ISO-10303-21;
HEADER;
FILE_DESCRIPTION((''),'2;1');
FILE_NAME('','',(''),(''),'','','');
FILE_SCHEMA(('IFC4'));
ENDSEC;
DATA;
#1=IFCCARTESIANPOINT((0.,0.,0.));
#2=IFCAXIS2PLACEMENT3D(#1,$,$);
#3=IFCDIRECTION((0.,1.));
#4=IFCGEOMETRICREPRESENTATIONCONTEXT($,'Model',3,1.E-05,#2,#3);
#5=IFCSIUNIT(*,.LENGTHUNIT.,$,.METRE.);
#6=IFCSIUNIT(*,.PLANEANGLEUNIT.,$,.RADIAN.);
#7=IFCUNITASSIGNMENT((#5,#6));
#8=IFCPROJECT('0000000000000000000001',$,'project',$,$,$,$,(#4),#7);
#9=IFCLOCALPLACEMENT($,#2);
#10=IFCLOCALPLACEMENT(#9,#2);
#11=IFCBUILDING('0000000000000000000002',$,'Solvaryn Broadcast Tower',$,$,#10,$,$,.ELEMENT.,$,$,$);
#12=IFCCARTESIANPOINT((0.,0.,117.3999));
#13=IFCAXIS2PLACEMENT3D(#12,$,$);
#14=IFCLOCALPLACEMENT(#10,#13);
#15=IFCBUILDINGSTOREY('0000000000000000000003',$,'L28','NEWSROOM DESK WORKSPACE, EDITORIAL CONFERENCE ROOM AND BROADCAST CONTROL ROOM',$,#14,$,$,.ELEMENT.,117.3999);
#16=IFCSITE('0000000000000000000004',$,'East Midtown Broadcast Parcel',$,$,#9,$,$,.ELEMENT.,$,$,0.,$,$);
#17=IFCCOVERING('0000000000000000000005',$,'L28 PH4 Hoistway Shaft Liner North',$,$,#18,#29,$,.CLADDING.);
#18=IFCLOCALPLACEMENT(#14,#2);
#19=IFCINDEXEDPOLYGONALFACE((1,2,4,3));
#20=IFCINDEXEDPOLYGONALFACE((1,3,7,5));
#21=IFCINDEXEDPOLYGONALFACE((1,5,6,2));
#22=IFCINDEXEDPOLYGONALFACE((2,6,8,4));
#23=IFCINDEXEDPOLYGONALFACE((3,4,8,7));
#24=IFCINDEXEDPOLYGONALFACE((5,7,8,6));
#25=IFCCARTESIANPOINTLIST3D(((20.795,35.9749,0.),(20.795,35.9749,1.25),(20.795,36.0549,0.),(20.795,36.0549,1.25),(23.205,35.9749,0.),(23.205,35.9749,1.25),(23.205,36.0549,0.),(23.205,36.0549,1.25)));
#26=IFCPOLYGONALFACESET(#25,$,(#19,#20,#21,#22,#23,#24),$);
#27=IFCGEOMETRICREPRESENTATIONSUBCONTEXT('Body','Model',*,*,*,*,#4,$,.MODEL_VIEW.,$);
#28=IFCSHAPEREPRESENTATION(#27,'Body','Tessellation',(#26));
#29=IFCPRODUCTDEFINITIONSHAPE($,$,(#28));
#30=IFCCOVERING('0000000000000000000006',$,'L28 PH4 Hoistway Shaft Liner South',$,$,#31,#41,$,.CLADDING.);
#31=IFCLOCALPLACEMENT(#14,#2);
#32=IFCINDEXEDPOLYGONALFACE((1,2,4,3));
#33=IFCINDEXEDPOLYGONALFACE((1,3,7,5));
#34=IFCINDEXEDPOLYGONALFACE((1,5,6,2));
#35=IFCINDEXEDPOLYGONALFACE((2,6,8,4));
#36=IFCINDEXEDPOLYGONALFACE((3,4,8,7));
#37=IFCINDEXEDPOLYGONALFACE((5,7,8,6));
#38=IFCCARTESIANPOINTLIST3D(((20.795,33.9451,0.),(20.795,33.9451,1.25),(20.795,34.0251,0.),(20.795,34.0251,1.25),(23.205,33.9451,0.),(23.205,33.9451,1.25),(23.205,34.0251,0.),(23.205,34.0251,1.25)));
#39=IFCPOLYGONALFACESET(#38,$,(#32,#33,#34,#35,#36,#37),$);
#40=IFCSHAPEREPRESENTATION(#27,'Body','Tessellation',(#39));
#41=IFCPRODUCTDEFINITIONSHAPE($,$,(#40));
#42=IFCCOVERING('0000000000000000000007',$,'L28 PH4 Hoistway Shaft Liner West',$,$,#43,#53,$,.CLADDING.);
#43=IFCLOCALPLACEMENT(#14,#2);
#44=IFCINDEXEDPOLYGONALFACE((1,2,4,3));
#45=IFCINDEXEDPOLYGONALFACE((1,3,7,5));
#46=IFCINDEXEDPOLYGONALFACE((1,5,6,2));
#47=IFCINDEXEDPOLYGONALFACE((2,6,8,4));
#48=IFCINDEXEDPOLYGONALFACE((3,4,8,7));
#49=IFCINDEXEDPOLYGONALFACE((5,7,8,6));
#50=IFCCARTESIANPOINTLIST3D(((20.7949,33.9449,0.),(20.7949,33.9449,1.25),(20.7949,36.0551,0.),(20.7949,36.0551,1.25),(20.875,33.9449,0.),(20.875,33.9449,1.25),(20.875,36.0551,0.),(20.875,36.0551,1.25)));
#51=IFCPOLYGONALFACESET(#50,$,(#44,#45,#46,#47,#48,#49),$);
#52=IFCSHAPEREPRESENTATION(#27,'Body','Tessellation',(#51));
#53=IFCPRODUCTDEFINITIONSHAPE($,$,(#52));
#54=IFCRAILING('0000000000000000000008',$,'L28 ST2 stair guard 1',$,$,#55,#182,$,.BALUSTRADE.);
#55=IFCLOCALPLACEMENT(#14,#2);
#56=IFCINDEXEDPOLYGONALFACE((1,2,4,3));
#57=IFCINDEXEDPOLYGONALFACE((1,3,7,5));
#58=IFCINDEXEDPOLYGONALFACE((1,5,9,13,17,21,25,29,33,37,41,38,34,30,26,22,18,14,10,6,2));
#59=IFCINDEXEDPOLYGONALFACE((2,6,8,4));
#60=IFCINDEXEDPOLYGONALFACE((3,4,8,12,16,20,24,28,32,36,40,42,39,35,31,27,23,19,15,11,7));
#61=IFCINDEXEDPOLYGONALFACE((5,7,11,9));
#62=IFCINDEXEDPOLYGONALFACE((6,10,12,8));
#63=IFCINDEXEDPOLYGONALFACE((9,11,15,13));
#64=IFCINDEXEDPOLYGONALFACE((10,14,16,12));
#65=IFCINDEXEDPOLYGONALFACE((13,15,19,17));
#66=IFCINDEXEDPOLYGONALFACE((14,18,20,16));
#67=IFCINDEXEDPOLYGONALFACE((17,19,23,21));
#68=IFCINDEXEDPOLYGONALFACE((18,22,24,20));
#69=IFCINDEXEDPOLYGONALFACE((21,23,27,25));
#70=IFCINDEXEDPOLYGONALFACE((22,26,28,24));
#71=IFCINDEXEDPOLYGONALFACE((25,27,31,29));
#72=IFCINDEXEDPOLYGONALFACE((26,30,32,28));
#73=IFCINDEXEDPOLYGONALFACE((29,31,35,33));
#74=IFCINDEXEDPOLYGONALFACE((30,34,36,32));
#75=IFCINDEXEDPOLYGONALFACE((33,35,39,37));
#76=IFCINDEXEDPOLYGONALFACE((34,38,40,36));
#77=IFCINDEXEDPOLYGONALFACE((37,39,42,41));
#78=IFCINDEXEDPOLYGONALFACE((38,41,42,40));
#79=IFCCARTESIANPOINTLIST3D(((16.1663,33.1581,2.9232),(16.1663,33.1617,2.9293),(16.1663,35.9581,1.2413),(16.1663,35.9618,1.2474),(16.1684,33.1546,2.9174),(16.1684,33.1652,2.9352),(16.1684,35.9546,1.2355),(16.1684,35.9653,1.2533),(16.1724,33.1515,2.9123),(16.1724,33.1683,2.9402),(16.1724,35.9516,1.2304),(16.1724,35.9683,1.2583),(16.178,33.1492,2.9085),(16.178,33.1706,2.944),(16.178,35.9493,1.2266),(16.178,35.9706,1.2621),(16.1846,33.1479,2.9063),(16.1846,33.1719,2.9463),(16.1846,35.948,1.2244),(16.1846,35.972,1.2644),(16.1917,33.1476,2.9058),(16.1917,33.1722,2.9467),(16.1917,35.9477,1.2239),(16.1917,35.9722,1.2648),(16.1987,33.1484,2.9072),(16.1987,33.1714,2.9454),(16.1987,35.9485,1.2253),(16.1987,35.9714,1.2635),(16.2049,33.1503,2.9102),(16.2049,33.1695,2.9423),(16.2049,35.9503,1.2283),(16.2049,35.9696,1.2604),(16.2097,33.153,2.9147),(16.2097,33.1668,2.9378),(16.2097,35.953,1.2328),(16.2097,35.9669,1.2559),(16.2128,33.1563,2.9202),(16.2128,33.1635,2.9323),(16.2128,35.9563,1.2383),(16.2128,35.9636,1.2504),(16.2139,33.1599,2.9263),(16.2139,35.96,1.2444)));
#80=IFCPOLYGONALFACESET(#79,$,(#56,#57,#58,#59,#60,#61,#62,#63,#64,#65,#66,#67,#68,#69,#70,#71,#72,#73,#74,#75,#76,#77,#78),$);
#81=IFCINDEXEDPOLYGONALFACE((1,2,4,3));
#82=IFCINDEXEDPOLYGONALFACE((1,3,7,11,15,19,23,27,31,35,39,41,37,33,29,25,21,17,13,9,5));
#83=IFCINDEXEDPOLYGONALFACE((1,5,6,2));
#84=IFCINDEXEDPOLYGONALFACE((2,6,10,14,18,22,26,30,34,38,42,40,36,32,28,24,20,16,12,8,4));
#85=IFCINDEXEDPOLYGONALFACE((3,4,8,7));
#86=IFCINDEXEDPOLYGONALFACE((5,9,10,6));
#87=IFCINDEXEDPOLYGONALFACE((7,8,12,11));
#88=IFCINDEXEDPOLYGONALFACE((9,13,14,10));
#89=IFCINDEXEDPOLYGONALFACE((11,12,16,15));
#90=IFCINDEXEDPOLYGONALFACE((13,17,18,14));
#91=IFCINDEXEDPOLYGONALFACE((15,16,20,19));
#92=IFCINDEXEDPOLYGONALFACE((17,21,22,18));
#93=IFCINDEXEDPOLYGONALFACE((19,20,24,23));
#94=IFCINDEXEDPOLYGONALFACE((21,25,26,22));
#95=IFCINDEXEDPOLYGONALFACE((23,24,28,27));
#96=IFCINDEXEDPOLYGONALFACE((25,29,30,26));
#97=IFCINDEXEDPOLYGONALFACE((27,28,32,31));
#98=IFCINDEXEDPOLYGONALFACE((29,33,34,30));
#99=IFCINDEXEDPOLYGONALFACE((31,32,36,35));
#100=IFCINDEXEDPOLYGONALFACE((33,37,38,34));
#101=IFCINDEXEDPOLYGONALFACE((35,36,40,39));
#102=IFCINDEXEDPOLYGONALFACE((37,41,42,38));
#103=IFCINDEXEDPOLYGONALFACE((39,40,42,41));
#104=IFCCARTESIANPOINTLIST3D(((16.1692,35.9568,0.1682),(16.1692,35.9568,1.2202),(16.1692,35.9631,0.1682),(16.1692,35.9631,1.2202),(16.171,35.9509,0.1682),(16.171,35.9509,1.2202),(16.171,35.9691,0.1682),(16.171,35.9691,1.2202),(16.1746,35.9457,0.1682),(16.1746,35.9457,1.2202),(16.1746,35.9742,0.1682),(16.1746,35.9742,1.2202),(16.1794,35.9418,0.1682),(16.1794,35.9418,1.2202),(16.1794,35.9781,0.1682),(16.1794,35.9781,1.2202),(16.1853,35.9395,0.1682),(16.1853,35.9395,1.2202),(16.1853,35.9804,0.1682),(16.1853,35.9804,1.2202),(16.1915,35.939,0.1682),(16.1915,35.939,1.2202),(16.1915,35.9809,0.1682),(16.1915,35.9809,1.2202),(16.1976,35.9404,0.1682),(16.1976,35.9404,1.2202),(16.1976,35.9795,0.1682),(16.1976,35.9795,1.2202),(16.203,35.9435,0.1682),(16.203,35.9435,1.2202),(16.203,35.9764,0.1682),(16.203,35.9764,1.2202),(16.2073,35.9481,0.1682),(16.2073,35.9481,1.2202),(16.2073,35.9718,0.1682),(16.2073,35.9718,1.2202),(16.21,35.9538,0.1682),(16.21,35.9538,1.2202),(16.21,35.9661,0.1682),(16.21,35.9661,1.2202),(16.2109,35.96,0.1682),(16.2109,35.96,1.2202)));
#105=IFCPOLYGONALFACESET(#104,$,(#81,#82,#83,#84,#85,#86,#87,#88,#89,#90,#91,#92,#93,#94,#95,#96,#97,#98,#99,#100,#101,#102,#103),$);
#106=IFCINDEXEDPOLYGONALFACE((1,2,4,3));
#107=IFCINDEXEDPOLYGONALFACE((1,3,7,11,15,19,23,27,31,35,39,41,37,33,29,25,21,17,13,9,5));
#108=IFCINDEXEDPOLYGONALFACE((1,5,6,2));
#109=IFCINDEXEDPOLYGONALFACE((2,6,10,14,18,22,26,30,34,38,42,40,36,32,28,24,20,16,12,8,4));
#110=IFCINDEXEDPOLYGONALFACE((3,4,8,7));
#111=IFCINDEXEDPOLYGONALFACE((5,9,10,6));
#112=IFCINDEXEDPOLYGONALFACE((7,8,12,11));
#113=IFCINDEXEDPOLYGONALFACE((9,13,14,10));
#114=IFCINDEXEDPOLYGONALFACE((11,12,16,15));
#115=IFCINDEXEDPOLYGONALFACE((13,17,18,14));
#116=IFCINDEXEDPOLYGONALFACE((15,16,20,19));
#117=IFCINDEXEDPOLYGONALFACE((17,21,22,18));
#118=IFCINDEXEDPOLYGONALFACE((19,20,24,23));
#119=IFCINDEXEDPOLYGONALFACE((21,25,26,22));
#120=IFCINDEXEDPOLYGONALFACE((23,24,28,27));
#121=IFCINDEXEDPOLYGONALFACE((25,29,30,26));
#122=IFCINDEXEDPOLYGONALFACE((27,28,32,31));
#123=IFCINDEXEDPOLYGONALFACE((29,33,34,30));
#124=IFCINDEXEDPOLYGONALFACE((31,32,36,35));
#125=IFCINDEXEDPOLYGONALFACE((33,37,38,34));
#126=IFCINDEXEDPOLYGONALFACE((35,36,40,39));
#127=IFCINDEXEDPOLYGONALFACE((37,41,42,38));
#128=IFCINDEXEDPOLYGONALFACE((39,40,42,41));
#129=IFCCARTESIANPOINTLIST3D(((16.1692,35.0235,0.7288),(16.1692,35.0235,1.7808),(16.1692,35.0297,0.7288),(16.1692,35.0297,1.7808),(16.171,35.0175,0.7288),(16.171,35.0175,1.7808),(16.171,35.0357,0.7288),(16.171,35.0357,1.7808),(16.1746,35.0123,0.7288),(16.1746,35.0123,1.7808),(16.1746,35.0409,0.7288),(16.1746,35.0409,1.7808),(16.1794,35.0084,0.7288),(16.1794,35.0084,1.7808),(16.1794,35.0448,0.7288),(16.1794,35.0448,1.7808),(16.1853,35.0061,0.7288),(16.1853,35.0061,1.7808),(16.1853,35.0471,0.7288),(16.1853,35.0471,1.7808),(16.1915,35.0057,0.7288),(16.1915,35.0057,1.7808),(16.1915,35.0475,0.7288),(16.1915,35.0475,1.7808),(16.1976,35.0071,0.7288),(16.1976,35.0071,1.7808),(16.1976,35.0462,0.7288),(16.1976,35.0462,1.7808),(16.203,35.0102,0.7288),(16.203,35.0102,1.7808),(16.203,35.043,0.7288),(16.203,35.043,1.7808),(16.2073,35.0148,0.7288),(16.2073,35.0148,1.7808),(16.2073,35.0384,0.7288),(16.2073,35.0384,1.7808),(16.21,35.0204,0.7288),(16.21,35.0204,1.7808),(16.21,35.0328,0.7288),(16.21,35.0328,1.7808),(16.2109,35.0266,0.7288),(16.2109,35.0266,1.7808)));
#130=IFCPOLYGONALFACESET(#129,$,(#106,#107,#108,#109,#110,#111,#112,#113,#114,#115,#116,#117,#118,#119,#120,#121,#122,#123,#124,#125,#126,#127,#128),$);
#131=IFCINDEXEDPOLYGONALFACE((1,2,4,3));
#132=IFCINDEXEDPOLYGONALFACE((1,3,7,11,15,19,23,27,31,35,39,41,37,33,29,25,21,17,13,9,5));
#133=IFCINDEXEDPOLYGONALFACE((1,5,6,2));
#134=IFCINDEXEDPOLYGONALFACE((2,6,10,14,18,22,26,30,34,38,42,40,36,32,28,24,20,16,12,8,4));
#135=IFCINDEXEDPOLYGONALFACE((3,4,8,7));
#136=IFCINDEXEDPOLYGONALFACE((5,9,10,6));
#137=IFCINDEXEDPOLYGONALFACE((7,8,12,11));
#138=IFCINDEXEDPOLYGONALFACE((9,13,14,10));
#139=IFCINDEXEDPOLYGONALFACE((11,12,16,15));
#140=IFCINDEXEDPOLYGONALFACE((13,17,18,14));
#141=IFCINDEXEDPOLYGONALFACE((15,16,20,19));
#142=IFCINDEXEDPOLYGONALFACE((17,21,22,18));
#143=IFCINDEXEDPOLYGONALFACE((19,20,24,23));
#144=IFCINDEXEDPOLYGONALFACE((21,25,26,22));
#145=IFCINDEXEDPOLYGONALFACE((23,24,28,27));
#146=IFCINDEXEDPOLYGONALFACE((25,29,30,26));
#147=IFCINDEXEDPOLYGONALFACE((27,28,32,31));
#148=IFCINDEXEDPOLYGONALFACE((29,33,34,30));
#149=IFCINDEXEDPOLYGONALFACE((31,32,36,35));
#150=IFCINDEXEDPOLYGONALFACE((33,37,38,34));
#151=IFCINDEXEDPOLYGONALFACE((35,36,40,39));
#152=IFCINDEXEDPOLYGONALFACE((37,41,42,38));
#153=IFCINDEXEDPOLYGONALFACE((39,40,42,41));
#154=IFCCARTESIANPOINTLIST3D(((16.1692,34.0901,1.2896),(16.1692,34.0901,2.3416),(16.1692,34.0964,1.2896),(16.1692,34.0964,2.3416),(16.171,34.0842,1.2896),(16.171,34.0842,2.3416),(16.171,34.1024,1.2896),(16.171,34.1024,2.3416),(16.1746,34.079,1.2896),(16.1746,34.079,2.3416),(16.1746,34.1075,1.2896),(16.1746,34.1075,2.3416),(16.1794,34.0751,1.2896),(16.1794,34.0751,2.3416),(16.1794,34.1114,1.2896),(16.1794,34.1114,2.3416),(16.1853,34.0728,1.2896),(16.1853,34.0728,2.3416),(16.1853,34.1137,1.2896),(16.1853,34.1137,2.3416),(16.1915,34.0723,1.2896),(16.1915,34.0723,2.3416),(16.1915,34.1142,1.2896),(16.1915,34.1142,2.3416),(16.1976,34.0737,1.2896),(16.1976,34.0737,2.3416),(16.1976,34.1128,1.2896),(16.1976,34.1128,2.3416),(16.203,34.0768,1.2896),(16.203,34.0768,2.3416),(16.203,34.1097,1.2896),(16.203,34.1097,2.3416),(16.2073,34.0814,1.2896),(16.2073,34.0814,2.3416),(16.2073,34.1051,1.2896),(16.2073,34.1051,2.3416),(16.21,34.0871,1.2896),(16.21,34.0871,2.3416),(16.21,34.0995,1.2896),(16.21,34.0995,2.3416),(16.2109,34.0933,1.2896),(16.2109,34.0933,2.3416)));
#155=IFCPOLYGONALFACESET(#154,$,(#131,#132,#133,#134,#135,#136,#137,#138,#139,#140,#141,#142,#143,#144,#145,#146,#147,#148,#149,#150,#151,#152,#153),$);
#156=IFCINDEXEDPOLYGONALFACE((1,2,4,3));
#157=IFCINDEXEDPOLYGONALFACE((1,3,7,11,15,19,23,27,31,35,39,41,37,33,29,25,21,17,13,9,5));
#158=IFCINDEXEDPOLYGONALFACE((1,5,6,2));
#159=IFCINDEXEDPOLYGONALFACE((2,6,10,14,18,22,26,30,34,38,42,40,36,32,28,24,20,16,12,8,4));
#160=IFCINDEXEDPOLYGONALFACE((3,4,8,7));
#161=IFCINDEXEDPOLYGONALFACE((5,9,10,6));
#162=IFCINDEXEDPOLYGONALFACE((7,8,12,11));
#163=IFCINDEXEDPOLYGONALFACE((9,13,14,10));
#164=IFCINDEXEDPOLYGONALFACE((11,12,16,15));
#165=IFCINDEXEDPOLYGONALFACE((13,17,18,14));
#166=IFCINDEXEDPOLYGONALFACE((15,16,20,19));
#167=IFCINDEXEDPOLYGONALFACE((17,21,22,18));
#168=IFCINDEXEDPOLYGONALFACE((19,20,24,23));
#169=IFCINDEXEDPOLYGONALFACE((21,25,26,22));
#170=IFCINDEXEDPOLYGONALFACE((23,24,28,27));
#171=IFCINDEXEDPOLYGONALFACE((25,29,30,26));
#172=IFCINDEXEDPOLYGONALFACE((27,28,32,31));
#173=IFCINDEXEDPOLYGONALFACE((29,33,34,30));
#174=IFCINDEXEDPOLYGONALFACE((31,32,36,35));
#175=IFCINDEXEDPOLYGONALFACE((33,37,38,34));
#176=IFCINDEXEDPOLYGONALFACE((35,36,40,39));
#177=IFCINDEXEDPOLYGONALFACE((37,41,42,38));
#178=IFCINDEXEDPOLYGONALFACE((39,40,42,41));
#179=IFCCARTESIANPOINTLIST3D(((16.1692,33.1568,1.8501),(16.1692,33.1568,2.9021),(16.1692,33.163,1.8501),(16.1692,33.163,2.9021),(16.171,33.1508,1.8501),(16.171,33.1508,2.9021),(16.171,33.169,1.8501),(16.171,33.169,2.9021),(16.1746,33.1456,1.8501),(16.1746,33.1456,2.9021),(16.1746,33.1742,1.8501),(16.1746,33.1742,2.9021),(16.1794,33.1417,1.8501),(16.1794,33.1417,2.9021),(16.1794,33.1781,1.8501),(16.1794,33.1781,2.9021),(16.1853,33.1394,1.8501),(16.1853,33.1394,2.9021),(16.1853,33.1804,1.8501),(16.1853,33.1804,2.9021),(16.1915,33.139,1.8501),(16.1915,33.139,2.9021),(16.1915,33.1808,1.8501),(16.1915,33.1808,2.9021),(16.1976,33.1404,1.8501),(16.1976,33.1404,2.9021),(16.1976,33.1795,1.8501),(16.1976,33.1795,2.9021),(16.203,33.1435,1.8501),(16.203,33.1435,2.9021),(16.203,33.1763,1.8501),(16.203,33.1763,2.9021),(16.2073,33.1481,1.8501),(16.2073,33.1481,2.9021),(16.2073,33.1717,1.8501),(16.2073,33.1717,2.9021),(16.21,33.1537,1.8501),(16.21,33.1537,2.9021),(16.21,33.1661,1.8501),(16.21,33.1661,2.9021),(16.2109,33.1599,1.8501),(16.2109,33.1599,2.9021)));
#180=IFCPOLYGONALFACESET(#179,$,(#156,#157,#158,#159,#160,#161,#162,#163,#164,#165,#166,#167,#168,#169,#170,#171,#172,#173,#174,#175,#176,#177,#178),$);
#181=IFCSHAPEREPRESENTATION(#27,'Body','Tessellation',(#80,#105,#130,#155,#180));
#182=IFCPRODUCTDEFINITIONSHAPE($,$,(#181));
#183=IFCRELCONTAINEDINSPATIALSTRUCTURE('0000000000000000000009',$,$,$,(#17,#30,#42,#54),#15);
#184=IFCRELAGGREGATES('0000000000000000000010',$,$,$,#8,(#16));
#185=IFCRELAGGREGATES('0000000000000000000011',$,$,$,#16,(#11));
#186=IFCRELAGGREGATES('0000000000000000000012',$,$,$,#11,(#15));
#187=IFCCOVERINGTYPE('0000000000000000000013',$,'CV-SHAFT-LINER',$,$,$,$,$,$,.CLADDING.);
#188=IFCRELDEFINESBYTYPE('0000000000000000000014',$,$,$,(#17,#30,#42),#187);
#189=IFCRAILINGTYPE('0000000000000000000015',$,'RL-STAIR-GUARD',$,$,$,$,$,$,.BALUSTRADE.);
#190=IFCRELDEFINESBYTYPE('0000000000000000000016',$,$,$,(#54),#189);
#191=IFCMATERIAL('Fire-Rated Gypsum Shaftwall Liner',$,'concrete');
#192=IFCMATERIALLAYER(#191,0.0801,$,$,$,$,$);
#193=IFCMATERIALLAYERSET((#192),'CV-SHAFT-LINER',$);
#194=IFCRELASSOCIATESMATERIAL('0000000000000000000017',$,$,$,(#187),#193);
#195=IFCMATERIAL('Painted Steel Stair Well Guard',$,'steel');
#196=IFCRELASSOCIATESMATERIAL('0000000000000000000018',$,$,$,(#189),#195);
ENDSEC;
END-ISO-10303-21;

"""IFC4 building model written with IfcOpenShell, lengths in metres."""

from ifc_helpers import new_model, si_unit, direction, frame, origin, origin_2d, place, context, subcontext, project, spatial, rectangle, circle, extrude, material, layer, layer_set, type_object, element, save


model = new_model("IFC4")

# Units and contexts
model_context = context("Model", 3, precision=1e-05, world=origin(), true_north=direction((0.0, 1.0)))
body_context = subcontext(model_context, "Body", "Model", "MODEL_VIEW")
ifc_project = project(units=[si_unit("LENGTHUNIT", "METRE"), si_unit("PLANEANGLEUNIT", "RADIAN")], contexts=[model_context])

# Site, building, storey
site_placement = place(None, origin())
site = spatial("IfcSite", under=ifc_project, at=site_placement, Name="East Midtown Broadcast Parcel", CompositionType="ELEMENT", RefElevation=0.0)
building_placement = place(site_placement, origin())
building = spatial("IfcBuilding", under=site, at=building_placement, Name="Solvaryn Broadcast Tower", CompositionType="ELEMENT")
storey_placement = place(building_placement, frame((0.0, 0.0, 117.3999)))
storey = spatial("IfcBuildingStorey", under=building, at=storey_placement, Name="L28", Description="NEWSROOM DESK WORKSPACE, EDITORIAL CONFERENCE ROOM AND BROADCAST CONTROL ROOM", CompositionType="ELEMENT", Elevation=117.3999)

# Coverings
ifc_material_1 = material(Name="Fire-Rated Gypsum Shaftwall Liner", Category="concrete")
ifc_layer_1 = layer(ifc_material_1, 0.0801)
ifc_layer_set_1 = layer_set([ifc_layer_1], Name="CV-SHAFT-LINER")
covering_type = type_object("IfcCoveringType", Name="CV-SHAFT-LINER", PredefinedType="CLADDING", material=ifc_layer_set_1)
for number, where, z_axis, x_axis, name in (
    (1, (22.0, 36.0149, 0.0), (0.0, 0.0, 1.0), (1.0, 0.0, 0.0), "L28 PH4 Hoistway Shaft Liner North"),
    (2, (22.0, 33.9851, 0.0), (0.0, 0.0, 1.0), (1.0, 0.0, 0.0), "L28 PH4 Hoistway Shaft Liner South"),
):
    element("IfcCovering", number, at=place(storey_placement, frame(where, z_axis=z_axis, x_axis=x_axis)), inside=storey, type_object=covering_type, Name=name, PredefinedType="CLADDING", context=body_context, shape_type="SweptSolid", body=[
        extrude(rectangle(XDim=2.4099, YDim=0.0801, at=origin_2d()), origin(), (0.0, 0.0, 1.0), 1.25),
    ])
covering_1_placement = place(storey_placement, frame((20.835, 35.0, 0.0), z_axis=(0.0, 0.0, 1.0), x_axis=(1.0, 0.0, 0.0)))
element("IfcCovering", 3, at=covering_1_placement, inside=storey, type_object=covering_type, Name="L28 PH4 Hoistway Shaft Liner West", PredefinedType="CLADDING", context=body_context, shape_type="SweptSolid", body=[
    extrude(rectangle(XDim=0.0801, YDim=2.1101, at=origin_2d()), origin(), (0.0, 0.0, 1.0), 1.25),
])

# Railing
ifc_material_2 = material(Name="Painted Steel Stair Well Guard", Category="steel")
railing_type_1 = type_object("IfcRailingType", Name="RL-STAIR-GUARD", PredefinedType="BALUSTRADE", material=ifc_material_2)
railing_1_placement = place(storey_placement, frame((16.1899, 35.96, 0.1682)))
element("IfcRailing", 4, at=railing_1_placement, inside=storey, type_object=railing_type_1, Name="L28 ST2 stair guard 1", PredefinedType="BALUSTRADE", context=body_context, shape_type="SweptSolid", body=[
    extrude(circle(Radius=0.0239, at=origin_2d()), frame((0.0, 0.0, 1.0762), z_axis=(0.0, -0.857242, 0.514913), x_axis=(1.0, 0.0, 0.0)), (0.0, 0.0, 1.0), 3.2664),
    extrude(circle(Radius=0.021, at=origin_2d()), origin(), (0.0, 0.0, 1.0), 1.052),
    extrude(circle(Radius=0.021, at=origin_2d()), frame((0.0, -0.9333, 0.5605)), (0.0, 0.0, 1.0), 1.052),
    extrude(circle(Radius=0.021, at=origin_2d()), frame((0.0, -1.8667, 1.1213)), (0.0, 0.0, 1.0), 1.052),
    extrude(circle(Radius=0.021, at=origin_2d()), frame((0.0, -2.8, 1.6819)), (0.0, 0.0, 1.0), 1.052),
])

save(model, "model.ifc")
